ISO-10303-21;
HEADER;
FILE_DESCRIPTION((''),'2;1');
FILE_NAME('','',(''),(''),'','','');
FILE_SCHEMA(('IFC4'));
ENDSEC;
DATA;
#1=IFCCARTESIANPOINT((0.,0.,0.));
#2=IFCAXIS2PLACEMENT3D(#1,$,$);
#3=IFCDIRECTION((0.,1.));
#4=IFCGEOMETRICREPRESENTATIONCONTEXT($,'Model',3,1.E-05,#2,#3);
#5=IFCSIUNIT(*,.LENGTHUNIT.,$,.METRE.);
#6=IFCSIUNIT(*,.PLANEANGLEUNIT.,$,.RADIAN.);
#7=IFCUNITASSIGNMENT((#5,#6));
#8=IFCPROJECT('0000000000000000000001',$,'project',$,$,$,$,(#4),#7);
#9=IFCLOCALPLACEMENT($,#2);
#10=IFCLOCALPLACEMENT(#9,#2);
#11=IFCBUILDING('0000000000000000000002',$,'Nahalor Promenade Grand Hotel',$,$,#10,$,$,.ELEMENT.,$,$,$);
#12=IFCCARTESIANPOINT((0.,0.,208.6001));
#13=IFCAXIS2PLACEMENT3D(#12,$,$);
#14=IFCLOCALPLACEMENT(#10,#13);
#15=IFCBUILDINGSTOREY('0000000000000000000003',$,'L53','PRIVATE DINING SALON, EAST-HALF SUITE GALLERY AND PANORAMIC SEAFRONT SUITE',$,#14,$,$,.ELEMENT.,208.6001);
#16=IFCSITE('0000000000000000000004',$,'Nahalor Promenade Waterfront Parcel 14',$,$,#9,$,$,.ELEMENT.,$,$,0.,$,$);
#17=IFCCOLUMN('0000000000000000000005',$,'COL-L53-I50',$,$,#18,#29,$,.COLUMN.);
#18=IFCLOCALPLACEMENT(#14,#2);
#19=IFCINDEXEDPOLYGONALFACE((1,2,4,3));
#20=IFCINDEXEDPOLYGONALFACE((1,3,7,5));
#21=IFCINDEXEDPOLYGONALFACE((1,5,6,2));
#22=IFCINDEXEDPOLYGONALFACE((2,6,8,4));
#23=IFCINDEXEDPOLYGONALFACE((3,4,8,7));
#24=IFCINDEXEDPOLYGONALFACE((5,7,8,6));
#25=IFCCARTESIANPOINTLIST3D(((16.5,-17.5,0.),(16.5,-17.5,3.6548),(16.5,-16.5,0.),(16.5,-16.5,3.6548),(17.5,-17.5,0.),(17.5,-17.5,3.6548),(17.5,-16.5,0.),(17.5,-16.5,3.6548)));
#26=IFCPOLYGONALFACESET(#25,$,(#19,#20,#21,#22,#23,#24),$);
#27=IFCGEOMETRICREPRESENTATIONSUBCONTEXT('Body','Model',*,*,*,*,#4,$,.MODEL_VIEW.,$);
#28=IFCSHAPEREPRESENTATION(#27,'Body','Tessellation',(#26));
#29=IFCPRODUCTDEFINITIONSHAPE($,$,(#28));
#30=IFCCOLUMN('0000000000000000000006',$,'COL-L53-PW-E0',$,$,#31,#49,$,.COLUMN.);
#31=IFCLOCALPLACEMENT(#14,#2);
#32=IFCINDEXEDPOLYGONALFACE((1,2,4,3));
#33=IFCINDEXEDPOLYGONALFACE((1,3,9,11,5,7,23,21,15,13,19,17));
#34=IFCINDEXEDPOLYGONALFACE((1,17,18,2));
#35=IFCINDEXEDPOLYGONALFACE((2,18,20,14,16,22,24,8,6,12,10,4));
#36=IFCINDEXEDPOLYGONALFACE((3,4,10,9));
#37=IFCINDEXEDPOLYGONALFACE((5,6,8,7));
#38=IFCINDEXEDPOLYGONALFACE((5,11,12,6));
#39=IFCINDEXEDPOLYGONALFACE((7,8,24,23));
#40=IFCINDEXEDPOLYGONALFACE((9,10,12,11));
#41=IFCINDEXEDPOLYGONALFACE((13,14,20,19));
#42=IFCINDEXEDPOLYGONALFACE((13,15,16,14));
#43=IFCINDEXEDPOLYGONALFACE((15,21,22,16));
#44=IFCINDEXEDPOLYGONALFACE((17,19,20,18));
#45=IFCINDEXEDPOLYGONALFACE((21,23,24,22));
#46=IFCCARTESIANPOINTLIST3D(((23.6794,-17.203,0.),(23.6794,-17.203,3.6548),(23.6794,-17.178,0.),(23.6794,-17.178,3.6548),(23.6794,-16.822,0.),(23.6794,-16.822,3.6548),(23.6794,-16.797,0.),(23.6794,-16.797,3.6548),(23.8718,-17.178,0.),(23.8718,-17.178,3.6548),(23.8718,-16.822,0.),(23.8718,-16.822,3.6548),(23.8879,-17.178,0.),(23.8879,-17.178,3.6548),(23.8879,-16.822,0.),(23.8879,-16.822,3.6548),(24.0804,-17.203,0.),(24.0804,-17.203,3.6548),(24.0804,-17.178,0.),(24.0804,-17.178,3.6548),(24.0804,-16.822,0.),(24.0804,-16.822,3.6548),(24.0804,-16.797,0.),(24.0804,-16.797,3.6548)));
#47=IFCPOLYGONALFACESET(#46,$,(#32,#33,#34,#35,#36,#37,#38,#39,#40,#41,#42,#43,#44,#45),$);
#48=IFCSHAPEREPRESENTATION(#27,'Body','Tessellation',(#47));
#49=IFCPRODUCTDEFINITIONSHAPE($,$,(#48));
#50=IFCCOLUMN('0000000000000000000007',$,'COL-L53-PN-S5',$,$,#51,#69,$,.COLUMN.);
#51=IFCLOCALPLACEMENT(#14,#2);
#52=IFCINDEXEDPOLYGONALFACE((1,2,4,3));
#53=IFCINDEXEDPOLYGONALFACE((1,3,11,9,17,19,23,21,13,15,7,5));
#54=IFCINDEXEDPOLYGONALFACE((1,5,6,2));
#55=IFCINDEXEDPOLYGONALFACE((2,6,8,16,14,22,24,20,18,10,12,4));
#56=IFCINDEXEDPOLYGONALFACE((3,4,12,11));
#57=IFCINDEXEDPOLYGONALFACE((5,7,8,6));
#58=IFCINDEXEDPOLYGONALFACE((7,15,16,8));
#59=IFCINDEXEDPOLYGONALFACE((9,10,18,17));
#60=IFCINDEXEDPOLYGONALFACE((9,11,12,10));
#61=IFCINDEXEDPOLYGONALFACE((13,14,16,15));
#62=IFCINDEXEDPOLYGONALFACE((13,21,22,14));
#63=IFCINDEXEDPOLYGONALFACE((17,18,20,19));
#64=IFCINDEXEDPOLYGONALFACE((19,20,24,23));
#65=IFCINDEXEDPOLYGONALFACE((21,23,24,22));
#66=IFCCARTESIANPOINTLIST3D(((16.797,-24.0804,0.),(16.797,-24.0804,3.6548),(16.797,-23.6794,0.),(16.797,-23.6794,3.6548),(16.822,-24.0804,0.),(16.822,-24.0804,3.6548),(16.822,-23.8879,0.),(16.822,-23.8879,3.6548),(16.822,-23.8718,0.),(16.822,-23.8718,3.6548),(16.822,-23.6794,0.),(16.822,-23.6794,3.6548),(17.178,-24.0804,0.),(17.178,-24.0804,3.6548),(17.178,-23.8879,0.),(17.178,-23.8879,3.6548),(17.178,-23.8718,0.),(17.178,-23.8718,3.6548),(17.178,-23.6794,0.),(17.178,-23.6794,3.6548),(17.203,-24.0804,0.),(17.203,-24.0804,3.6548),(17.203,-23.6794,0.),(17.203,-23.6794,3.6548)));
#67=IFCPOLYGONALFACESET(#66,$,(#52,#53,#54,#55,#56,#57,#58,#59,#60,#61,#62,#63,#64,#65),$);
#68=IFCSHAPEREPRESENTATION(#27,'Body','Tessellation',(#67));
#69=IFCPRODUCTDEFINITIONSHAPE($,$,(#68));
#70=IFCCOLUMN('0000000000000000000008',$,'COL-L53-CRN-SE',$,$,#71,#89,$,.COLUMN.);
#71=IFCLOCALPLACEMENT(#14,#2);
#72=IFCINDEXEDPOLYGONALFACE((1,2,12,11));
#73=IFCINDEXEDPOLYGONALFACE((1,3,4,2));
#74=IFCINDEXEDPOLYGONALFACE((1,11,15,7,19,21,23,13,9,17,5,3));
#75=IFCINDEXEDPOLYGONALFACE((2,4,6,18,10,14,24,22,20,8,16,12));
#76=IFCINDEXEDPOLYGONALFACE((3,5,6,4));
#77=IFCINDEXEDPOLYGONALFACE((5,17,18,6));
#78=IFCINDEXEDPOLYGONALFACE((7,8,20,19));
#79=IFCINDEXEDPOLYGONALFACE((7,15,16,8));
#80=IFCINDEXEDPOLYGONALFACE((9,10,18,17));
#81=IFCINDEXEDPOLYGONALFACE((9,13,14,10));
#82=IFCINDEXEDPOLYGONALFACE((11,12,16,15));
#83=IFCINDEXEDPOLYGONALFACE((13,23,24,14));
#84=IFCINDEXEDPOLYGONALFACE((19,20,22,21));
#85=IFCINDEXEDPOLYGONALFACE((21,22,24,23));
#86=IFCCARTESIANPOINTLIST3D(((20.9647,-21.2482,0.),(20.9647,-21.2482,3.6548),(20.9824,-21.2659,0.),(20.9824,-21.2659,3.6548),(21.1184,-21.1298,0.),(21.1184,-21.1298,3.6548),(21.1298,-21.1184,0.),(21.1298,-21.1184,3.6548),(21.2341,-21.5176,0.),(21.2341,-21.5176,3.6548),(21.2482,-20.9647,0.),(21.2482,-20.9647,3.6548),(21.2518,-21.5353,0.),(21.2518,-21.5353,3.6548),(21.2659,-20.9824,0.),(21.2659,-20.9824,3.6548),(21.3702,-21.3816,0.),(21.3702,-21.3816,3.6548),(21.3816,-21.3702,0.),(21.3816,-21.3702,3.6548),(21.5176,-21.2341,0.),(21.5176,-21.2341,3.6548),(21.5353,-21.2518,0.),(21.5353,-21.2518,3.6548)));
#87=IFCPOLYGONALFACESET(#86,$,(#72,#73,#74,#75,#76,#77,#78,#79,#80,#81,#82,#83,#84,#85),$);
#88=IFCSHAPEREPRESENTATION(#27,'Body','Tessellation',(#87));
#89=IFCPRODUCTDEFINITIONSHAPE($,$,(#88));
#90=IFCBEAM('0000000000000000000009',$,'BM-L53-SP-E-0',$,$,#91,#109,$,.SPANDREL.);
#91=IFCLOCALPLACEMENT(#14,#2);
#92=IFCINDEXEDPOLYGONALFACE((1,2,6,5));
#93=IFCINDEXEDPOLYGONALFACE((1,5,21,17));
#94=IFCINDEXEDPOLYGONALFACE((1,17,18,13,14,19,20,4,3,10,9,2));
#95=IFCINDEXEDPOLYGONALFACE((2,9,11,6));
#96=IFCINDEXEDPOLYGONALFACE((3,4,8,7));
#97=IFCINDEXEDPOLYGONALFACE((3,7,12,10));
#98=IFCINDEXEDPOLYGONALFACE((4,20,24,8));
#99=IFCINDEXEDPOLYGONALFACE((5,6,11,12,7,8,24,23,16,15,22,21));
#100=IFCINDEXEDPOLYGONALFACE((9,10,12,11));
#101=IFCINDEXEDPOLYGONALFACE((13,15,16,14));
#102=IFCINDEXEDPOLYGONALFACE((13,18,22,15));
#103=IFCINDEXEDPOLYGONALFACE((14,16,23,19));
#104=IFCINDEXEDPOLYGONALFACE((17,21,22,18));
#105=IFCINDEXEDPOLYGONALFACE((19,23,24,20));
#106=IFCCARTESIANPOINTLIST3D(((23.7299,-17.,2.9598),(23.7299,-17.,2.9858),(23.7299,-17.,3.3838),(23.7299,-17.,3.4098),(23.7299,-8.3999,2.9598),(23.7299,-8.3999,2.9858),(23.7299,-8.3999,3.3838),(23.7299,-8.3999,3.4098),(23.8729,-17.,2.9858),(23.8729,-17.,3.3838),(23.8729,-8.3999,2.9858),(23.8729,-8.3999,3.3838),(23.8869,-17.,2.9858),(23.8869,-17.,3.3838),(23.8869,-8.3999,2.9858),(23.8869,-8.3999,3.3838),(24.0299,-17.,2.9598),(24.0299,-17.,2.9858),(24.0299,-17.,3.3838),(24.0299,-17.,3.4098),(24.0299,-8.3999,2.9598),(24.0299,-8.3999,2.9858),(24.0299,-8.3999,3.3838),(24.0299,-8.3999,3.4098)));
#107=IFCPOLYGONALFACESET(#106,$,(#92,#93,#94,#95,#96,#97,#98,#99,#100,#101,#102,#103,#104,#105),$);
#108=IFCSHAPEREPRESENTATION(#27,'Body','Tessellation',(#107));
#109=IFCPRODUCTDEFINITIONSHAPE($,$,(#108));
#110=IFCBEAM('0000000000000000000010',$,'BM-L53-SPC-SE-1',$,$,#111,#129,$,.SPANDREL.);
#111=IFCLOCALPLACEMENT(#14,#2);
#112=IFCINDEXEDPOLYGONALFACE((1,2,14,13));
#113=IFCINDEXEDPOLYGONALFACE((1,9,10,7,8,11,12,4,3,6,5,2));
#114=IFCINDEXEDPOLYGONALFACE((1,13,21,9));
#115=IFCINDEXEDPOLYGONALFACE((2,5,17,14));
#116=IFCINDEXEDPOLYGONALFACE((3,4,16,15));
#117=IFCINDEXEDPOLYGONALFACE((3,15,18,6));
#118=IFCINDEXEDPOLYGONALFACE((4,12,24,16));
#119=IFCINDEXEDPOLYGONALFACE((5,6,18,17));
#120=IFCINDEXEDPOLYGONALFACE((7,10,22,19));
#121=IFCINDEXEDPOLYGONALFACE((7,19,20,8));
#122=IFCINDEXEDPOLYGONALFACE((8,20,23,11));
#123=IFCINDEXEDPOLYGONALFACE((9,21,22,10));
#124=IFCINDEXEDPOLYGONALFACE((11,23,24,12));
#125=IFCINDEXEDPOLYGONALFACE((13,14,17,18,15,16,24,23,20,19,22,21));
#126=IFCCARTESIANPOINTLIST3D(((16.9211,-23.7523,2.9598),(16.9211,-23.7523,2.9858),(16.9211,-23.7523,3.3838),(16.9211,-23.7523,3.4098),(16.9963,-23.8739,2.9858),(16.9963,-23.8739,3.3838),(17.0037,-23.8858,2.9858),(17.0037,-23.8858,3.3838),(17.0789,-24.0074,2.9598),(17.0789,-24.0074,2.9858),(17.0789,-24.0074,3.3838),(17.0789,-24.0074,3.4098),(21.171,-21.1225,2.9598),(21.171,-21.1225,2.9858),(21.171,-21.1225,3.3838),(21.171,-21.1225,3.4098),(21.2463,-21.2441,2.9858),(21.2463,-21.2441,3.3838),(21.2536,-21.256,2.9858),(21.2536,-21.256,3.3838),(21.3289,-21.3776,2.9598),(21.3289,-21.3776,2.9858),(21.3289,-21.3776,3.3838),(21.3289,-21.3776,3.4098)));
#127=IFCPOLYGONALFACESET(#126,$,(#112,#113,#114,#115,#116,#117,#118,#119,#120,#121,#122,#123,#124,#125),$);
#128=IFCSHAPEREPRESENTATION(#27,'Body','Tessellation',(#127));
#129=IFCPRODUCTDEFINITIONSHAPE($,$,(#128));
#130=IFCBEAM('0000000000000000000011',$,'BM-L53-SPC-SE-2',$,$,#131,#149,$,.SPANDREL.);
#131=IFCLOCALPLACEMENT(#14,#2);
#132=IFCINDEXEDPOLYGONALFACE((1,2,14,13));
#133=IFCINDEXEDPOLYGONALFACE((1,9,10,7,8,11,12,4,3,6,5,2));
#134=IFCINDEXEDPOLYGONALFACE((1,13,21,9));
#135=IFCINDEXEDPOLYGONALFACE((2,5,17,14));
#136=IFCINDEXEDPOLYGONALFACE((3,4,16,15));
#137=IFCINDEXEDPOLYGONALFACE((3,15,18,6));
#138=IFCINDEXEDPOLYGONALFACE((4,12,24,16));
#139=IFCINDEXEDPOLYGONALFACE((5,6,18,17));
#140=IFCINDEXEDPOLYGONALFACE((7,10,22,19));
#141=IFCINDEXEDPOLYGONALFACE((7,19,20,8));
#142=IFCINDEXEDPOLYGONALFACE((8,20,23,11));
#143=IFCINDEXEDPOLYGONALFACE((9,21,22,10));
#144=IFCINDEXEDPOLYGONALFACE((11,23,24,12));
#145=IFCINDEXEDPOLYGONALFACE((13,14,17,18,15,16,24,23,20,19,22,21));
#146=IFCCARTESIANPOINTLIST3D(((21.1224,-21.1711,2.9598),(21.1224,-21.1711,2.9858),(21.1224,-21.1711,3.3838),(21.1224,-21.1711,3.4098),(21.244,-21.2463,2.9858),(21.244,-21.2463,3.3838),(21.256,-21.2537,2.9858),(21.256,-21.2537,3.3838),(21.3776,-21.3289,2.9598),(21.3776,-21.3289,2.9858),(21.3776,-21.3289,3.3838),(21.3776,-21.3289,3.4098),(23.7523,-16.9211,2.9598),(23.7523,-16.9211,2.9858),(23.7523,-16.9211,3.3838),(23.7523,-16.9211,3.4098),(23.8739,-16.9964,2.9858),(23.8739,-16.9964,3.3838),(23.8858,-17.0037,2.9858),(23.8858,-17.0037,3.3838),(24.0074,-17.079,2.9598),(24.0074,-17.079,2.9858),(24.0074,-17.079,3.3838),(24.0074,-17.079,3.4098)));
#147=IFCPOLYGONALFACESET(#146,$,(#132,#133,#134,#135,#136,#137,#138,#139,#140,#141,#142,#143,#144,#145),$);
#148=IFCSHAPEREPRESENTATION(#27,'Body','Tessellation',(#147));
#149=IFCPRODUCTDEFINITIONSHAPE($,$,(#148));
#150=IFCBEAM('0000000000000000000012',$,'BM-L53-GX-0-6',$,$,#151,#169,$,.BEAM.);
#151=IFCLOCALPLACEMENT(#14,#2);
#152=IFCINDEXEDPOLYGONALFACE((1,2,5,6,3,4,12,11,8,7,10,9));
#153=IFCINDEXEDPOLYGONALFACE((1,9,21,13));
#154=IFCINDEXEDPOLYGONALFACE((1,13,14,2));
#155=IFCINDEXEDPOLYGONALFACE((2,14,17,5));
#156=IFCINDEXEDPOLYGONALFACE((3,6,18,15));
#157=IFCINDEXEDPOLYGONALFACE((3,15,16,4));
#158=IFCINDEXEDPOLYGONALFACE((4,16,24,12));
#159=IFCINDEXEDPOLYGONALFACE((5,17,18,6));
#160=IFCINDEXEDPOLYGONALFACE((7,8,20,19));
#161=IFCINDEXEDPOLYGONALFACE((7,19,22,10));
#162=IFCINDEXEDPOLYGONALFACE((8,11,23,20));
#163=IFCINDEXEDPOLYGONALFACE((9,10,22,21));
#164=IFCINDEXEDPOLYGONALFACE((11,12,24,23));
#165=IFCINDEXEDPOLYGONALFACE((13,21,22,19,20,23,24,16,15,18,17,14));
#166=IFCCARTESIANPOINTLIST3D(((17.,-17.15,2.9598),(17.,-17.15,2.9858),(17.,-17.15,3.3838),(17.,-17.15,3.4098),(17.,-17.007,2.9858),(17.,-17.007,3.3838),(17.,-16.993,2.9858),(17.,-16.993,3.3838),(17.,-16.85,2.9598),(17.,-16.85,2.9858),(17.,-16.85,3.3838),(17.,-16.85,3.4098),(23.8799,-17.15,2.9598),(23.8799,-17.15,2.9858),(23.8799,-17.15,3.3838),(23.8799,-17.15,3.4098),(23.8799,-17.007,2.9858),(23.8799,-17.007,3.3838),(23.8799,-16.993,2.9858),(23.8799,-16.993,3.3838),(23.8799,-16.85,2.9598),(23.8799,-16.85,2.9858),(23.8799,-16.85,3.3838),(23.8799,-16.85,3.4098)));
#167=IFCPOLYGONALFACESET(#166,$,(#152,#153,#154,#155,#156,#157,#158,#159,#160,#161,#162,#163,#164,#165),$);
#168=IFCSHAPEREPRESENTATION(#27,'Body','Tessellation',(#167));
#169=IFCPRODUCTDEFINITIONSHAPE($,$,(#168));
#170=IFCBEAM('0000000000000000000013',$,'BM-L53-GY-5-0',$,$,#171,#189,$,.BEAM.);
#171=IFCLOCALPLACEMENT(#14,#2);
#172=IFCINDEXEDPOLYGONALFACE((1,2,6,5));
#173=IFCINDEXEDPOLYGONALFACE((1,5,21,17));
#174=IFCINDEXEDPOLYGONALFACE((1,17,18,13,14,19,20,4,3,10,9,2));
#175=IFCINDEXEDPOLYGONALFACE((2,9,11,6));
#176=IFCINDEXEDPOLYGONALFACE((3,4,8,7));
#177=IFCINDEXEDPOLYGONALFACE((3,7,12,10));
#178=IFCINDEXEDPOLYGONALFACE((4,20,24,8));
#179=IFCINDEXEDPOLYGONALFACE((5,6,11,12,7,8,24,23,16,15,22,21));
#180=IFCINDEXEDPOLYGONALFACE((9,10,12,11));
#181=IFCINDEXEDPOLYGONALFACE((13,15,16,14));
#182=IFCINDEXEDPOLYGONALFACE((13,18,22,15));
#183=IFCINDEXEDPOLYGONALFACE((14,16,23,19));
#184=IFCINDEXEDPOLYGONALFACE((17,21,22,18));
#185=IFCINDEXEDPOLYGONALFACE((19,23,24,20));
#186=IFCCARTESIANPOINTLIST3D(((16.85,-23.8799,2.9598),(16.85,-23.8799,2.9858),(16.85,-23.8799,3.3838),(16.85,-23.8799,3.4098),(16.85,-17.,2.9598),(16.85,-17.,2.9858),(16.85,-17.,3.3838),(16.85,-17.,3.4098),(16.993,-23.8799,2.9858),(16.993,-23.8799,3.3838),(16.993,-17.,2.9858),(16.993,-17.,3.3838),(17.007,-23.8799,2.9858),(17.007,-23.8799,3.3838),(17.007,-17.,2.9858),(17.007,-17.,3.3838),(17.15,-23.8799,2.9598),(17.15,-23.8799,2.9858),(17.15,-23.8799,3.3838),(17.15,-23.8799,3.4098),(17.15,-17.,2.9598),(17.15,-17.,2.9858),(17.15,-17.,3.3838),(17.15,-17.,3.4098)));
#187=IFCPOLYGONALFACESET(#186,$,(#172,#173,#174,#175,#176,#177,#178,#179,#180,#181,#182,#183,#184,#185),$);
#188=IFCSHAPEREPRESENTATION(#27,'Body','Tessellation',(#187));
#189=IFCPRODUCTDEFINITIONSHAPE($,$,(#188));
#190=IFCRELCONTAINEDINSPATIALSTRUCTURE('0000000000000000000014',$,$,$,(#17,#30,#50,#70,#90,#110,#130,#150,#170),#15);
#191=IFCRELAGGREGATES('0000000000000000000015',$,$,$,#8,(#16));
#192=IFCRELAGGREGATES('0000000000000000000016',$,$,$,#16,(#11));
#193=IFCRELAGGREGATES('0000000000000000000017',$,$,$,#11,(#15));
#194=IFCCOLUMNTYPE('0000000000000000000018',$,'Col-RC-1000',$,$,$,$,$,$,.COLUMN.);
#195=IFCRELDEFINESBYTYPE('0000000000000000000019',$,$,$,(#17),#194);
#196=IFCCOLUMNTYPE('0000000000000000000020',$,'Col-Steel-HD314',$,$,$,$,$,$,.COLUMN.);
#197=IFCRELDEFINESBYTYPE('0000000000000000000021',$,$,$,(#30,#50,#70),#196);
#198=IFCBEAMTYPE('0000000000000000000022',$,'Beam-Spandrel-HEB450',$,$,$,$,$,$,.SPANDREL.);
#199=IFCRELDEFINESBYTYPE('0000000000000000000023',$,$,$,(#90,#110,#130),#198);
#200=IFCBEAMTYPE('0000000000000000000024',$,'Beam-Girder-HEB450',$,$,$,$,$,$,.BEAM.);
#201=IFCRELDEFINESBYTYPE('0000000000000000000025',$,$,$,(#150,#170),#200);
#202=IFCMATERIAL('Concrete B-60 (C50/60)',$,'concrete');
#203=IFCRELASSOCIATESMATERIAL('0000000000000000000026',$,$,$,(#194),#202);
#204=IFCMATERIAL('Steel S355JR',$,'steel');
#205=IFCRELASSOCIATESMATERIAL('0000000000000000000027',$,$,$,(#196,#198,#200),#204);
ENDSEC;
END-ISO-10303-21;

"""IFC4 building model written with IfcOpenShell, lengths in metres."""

from ifc_helpers import new_model, si_unit, direction, frame, origin, origin_2d, place, context, subcontext, project, spatial, rectangle, i_section, extrude, source, transform, mapped, material, material_profile, profile_set, type_object, element, save


model = new_model("IFC4")

# Units and contexts
model_context = context("Model", 3, precision=1e-05, world=origin(), true_north=direction((0.0, 1.0)))
body_context = subcontext(model_context, "Body", "Model", "MODEL_VIEW")
ifc_project = project(units=[si_unit("LENGTHUNIT", "METRE"), si_unit("PLANEANGLEUNIT", "RADIAN")], contexts=[model_context])

# Site, building, storey
site_placement = place(None, origin())
site = spatial("IfcSite", under=ifc_project, at=site_placement, Name="Nahalor Promenade Waterfront Parcel 14", CompositionType="ELEMENT", RefElevation=0.0)
building_placement = place(site_placement, origin())
building = spatial("IfcBuilding", under=site, at=building_placement, Name="Nahalor Promenade Grand Hotel", CompositionType="ELEMENT")
storey_placement = place(building_placement, frame((0.0, 0.0, 208.6001)))
storey = spatial("IfcBuildingStorey", under=building, at=storey_placement, Name="L53", Description="PRIVATE DINING SALON, EAST-HALF SUITE GALLERY AND PANORAMIC SEAFRONT SUITE", CompositionType="ELEMENT", Elevation=208.6001)

# Columns
ifc_material_1 = material(Name="Concrete B-60 (C50/60)", Category="concrete")
ifc_material_profile_1 = material_profile(ifc_material_1, rectangle(XDim=1.0, YDim=1.0, at=origin_2d()), Name="RC 1000x1000")
ifc_profile_set_1 = profile_set([ifc_material_profile_1], Name="Concrete B-60 (C50/60)")
column_type_1 = type_object("IfcColumnType", Name="Col-RC-1000", PredefinedType="COLUMN", material=ifc_profile_set_1)
shared_shape_1 = source(origin(), body_context, "Body", "SweptSolid", [
    extrude(rectangle(XDim=1.0, YDim=1.0, at=origin_2d()), origin(), (0.0, 0.0, 1.0), 3.6548),
])
column_placement = place(storey_placement, frame((17.0, -17.0, 0.0), z_axis=(0.0, 0.0, 1.0), x_axis=(1.0, 0.0, 0.0)))
element("IfcColumn", 1, at=column_placement, inside=storey, type_object=column_type_1, Name="COL-L53-I50", PredefinedType="COLUMN", context=body_context, shape_type="MappedRepresentation", body=[
    mapped(shared_shape_1, transform((0.0, 0.0, 0.0), scale=1.0)),
])
ifc_material_2 = material(Name="Steel S355JR", Category="steel")
ifc_material_profile_2 = material_profile(ifc_material_2, i_section(OverallWidth=0.401, OverallDepth=0.406, WebThickness=0.0161, FlangeThickness=0.025, at=origin_2d()), Name="HD 400x314")
ifc_profile_set_2 = profile_set([ifc_material_profile_2], Name="Steel S355JR")
column_type_2 = type_object("IfcColumnType", Name="Col-Steel-HD314", PredefinedType="COLUMN", material=ifc_profile_set_2)
shared_shape_2 = source(origin(), body_context, "Body", "SweptSolid", [
    extrude(i_section(OverallWidth=0.401, OverallDepth=0.406, WebThickness=0.0161, FlangeThickness=0.025, at=origin_2d()), origin(), (0.0, 0.0, 1.0), 3.6548),
])
for number, where, z_axis, x_axis, name in (
    (2, (23.8799, -17.0, 0.0), (0.0, 0.0, 1.0), (1.0, 0.0, 0.0), "COL-L53-PW-E0"),
    (3, (17.0, -23.8799, 0.0), (0.0, 0.0, 1.0), (0.0, 1.0, 0.0), "COL-L53-PN-S5"),
    (4, (21.25, -21.25, 0.0), (0.0, 0.0, 1.0), (0.707107, 0.707107, 0.0), "COL-L53-CRN-SE"),
):
    element("IfcColumn", number, at=place(storey_placement, frame(where, z_axis=z_axis, x_axis=x_axis)), inside=storey, type_object=column_type_2, Name=name, PredefinedType="COLUMN", context=body_context, shape_type="MappedRepresentation", body=[
        mapped(shared_shape_2, transform((0.0, 0.0, 0.0), scale=1.0)),
    ])

# Beams
ifc_material_profile_3 = material_profile(ifc_material_2, i_section(OverallWidth=0.3, OverallDepth=0.45, WebThickness=0.014, FlangeThickness=0.026, at=origin_2d()), Name="HEB 450")
ifc_profile_set_3 = profile_set([ifc_material_profile_3], Name="Steel S355JR")
beam_type_1 = type_object("IfcBeamType", Name="Beam-Spandrel-HEB450", PredefinedType="SPANDREL", material=ifc_profile_set_3)
shared_shape_3 = source(origin(), body_context, "Body", "SweptSolid", [
    extrude(i_section(OverallWidth=0.3, OverallDepth=0.45, WebThickness=0.014, FlangeThickness=0.026, at=origin_2d()), origin(), (0.0, 0.0, 1.0), 8.6001),
])
beam_1_placement = place(storey_placement, frame((23.8799, -17.0, 3.1848), z_axis=(0.0, 1.0, 0.0), x_axis=(-1.0, 0.0, 0.0)))
element("IfcBeam", 5, at=beam_1_placement, inside=storey, type_object=beam_type_1, Name="BM-L53-SP-E-0", PredefinedType="SPANDREL", context=body_context, shape_type="MappedRepresentation", body=[
    mapped(shared_shape_3, transform((0.0, 0.0, 0.0), scale=1.0)),
])
shared_shape_4 = source(origin(), body_context, "Body", "SweptSolid", [
    extrude(i_section(OverallWidth=0.3, OverallDepth=0.45, WebThickness=0.014, FlangeThickness=0.026, at=origin_2d()), origin(), (0.0, 0.0, 1.0), 4.9978),
])
for number, where, z_axis, x_axis, name in (
    (6, (17.0, -23.8799, 3.1848), (0.850361, 0.5262, 0.0), (-0.5262, 0.850361, 0.0), "BM-L53-SPC-SE-1"),
    (7, (21.25, -21.25, 3.1848), (0.5262, 0.850361, 0.0), (-0.850361, 0.5262, 0.0), "BM-L53-SPC-SE-2"),
):
    element("IfcBeam", number, at=place(storey_placement, frame(where, z_axis=z_axis, x_axis=x_axis)), inside=storey, type_object=beam_type_1, Name=name, PredefinedType="SPANDREL", context=body_context, shape_type="MappedRepresentation", body=[
        mapped(shared_shape_4, transform((0.0, 0.0, 0.0), scale=1.0)),
    ])
ifc_material_profile_4 = material_profile(ifc_material_2, i_section(OverallWidth=0.3, OverallDepth=0.45, WebThickness=0.014, FlangeThickness=0.026, at=origin_2d()), Name="HEB 450")
ifc_profile_set_4 = profile_set([ifc_material_profile_4], Name="Steel S355JR")
beam_type_2 = type_object("IfcBeamType", Name="Beam-Girder-HEB450", PredefinedType="BEAM", material=ifc_profile_set_4)
shared_shape_5 = source(origin(), body_context, "Body", "SweptSolid", [
    extrude(i_section(OverallWidth=0.3, OverallDepth=0.45, WebThickness=0.014, FlangeThickness=0.026, at=origin_2d()), origin(), (0.0, 0.0, 1.0), 6.8799),
])
for number, where, z_axis, x_axis, name in (
    (8, (17.0, -17.0, 3.1848), (1.0, 0.0, 0.0), (0.0, 1.0, 0.0), "BM-L53-GX-0-6"),
    (9, (17.0, -23.8799, 3.1848), (0.0, 1.0, 0.0), (-1.0, 0.0, 0.0), "BM-L53-GY-5-0"),
):
    element("IfcBeam", number, at=place(storey_placement, frame(where, z_axis=z_axis, x_axis=x_axis)), inside=storey, type_object=beam_type_2, Name=name, PredefinedType="BEAM", context=body_context, shape_type="MappedRepresentation", body=[
        mapped(shared_shape_5, transform((0.0, 0.0, 0.0), scale=1.0)),
    ])

save(model, "model.ifc")
